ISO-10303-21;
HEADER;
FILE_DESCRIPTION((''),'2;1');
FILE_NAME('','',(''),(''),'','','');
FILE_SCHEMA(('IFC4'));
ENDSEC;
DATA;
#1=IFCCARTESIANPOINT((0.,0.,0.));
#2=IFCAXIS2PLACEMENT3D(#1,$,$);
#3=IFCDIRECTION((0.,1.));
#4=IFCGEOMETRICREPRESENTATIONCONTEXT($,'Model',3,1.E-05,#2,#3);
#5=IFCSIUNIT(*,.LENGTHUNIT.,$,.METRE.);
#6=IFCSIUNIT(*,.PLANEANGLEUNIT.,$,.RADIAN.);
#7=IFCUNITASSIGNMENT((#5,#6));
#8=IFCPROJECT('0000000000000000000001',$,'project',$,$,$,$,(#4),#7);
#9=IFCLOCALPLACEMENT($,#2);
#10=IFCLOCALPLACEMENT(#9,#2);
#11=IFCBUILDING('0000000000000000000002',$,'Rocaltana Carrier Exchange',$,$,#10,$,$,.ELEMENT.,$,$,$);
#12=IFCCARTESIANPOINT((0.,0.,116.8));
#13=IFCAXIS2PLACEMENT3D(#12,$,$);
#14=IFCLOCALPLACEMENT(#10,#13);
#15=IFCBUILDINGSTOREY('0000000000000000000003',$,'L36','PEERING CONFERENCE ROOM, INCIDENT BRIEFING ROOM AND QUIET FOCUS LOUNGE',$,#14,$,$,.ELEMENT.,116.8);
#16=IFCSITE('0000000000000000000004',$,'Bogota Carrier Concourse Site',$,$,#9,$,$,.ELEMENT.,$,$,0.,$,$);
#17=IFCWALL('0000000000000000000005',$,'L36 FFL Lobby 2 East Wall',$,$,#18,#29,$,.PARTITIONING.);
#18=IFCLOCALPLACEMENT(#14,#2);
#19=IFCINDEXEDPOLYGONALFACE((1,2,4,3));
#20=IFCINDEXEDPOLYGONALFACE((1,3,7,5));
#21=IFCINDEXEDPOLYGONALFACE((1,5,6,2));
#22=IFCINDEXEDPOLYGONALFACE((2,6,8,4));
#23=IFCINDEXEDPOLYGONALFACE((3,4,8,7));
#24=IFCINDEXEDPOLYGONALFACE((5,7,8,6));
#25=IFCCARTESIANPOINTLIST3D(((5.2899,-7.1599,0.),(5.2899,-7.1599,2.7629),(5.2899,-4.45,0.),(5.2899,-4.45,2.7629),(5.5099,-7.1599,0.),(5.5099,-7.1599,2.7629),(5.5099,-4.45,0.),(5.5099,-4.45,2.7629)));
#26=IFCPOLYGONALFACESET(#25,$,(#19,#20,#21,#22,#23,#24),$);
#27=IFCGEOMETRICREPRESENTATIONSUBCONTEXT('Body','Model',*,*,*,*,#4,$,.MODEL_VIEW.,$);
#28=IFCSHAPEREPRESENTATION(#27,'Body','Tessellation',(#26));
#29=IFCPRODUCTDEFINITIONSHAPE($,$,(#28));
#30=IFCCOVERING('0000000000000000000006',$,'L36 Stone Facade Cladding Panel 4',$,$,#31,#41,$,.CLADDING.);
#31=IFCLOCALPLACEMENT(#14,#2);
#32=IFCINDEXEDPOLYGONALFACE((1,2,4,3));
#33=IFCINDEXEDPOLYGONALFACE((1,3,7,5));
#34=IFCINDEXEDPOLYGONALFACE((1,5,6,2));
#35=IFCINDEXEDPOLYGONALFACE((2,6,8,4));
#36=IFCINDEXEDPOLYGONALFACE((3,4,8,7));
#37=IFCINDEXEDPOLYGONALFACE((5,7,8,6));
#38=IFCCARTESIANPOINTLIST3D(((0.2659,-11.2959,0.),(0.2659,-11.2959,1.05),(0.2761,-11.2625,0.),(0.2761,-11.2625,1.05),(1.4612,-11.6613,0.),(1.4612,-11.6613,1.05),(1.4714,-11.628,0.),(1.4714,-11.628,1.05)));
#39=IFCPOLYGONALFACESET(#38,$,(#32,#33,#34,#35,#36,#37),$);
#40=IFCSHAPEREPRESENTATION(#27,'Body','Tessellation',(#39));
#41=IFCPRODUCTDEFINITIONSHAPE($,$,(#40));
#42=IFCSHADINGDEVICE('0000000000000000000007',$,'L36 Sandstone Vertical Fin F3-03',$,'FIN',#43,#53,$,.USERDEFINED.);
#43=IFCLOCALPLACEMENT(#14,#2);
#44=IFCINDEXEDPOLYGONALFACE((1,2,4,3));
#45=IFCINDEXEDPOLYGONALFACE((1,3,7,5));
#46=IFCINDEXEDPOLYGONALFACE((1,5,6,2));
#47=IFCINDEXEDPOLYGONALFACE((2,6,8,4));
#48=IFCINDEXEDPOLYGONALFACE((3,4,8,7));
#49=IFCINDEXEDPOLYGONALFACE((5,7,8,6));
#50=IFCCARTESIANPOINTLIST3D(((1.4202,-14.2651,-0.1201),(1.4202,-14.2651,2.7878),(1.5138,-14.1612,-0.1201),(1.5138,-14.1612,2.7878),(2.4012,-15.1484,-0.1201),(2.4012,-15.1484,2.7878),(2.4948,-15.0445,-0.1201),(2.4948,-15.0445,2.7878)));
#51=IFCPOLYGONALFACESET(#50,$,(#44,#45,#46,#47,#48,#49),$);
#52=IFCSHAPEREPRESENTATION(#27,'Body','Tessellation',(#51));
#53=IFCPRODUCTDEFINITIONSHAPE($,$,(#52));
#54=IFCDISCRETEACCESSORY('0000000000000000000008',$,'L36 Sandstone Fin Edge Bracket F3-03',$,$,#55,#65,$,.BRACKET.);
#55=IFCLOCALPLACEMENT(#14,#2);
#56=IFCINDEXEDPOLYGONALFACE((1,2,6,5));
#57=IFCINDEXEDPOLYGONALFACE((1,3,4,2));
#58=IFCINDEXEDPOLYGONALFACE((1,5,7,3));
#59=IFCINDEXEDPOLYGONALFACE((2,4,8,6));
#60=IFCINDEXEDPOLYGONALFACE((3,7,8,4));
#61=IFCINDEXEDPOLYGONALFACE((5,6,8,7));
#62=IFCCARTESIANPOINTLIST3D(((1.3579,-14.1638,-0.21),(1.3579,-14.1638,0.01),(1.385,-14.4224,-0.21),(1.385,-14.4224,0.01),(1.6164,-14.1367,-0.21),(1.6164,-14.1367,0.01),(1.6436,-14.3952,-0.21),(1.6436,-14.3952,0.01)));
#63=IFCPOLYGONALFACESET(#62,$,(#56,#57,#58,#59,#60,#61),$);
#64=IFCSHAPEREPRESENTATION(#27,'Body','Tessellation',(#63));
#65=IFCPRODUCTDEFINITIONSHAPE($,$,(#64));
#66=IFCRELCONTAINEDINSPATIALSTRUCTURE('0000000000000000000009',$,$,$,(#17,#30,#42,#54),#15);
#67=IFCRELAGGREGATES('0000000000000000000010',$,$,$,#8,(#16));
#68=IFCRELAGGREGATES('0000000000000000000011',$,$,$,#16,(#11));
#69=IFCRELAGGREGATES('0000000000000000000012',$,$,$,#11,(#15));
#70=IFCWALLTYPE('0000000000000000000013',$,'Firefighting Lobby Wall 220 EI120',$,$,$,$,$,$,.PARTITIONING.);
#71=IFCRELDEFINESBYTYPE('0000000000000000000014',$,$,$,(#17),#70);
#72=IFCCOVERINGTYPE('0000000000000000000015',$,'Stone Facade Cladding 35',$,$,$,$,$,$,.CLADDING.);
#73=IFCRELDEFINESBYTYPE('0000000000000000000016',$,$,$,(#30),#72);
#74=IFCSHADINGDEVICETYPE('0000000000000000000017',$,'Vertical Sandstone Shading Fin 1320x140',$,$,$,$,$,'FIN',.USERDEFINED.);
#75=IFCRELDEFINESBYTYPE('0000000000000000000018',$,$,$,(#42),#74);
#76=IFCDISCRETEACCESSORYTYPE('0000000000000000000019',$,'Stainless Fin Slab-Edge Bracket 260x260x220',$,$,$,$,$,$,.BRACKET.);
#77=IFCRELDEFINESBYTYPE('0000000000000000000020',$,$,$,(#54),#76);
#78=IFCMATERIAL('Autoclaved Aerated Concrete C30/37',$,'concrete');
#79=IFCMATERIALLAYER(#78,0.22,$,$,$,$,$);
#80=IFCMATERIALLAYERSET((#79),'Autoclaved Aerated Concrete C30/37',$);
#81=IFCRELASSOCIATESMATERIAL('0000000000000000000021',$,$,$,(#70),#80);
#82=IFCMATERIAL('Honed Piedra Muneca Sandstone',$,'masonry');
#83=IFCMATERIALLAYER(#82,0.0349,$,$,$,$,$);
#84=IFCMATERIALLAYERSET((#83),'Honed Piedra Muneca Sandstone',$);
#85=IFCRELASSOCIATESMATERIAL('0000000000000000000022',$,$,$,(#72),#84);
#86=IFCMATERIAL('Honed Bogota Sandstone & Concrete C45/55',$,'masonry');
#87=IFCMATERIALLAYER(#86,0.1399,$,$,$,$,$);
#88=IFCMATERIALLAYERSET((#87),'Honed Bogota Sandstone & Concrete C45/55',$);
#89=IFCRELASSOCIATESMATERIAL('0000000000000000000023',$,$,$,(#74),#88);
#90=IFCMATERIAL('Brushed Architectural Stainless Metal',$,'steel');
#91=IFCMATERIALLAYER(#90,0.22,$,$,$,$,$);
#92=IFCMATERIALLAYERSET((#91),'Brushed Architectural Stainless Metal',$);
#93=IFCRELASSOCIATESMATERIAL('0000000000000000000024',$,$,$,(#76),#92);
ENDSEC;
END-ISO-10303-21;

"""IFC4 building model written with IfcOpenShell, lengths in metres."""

from ifc_helpers import new_model, si_unit, direction, frame, frame_2d, origin, origin_2d, place, context, subcontext, project, spatial, rectangle, extrude, material, layer, layer_set, type_object, element, save


model = new_model("IFC4")

# Units and contexts
model_context = context("Model", 3, precision=1e-05, world=origin(), true_north=direction((0.0, 1.0)))
body_context = subcontext(model_context, "Body", "Model", "MODEL_VIEW")
ifc_project = project(units=[si_unit("LENGTHUNIT", "METRE"), si_unit("PLANEANGLEUNIT", "RADIAN")], contexts=[model_context])

# Site, building, storey
site_placement = place(None, origin())
site = spatial("IfcSite", under=ifc_project, at=site_placement, Name="Bogota Carrier Concourse Site", CompositionType="ELEMENT", RefElevation=0.0)
building_placement = place(site_placement, origin())
building = spatial("IfcBuilding", under=site, at=building_placement, Name="Rocaltana Carrier Exchange", CompositionType="ELEMENT")
storey_placement = place(building_placement, frame((0.0, 0.0, 116.8)))
storey = spatial("IfcBuildingStorey", under=building, at=storey_placement, Name="L36", Description="PEERING CONFERENCE ROOM, INCIDENT BRIEFING ROOM AND QUIET FOCUS LOUNGE", CompositionType="ELEMENT", Elevation=116.8)

# Wall
ifc_material_1 = material(Name="Autoclaved Aerated Concrete C30/37", Category="concrete")
ifc_layer_1 = layer(ifc_material_1, 0.22)
ifc_layer_set_1 = layer_set([ifc_layer_1], Name="Autoclaved Aerated Concrete C30/37")
wall_type_1 = type_object("IfcWallType", Name="Firefighting Lobby Wall 220 EI120", PredefinedType="PARTITIONING", material=ifc_layer_set_1)
wall_1_placement = place(storey_placement, frame((5.3999, -7.1599, 0.0), z_axis=(0.0, 0.0, 1.0), x_axis=(0.0, 1.0, 0.0)))
element("IfcWall", 1, at=wall_1_placement, inside=storey, type_object=wall_type_1, Name="L36 FFL Lobby 2 East Wall", PredefinedType="PARTITIONING", context=body_context, shape_type="SweptSolid", body=[
    extrude(rectangle(XDim=2.71, YDim=0.22, at=frame_2d((1.355, 0.0))), origin(), (0.0, 0.0, 1.0), 2.7629),
])

# Covering
ifc_material_2 = material(Name="Honed Piedra Muneca Sandstone", Category="masonry")
ifc_layer_2 = layer(ifc_material_2, 0.0349)
ifc_layer_set_2 = layer_set([ifc_layer_2], Name="Honed Piedra Muneca Sandstone")
covering_type = type_object("IfcCoveringType", Name="Stone Facade Cladding 35", PredefinedType="CLADDING", material=ifc_layer_set_2)
covering_placement = place(storey_placement, frame((0.8687, -11.4619, 0.0), z_axis=(0.0, 0.0, 1.0), x_axis=(-0.956305, 0.292372, 0.0)))
element("IfcCovering", 2, at=covering_placement, inside=storey, type_object=covering_type, Name="L36 Stone Facade Cladding Panel 4", PredefinedType="CLADDING", context=body_context, shape_type="SweptSolid", body=[
    extrude(rectangle(XDim=1.25, YDim=0.0349, at=origin_2d()), origin(), (0.0, 0.0, 1.0), 1.05),
])

# Shading device
ifc_material_3 = material(Name="Honed Bogota Sandstone & Concrete C45/55", Category="masonry")
ifc_layer_3 = layer(ifc_material_3, 0.1399)
ifc_layer_set_3 = layer_set([ifc_layer_3], Name="Honed Bogota Sandstone & Concrete C45/55")
shading_device_type = type_object("IfcShadingDeviceType", Name="Vertical Sandstone Shading Fin 1320x140", ElementType="FIN", PredefinedType="USERDEFINED", material=ifc_layer_set_3)
shading_device_placement = place(storey_placement, frame((1.9575, -14.6548, -0.1201), z_axis=(0.0, 0.0, 1.0), x_axis=(0.743145, -0.669131, 0.0)))
element("IfcShadingDevice", 3, at=shading_device_placement, inside=storey, type_object=shading_device_type, Name="L36 Sandstone Vertical Fin F3-03", ObjectType="FIN", PredefinedType="USERDEFINED", context=body_context, shape_type="SweptSolid", body=[
    extrude(rectangle(XDim=1.3201, YDim=0.1399, at=origin_2d()), origin(), (0.0, 0.0, 1.0), 2.908),
])

# Discrete accessory
ifc_material_4 = material(Name="Brushed Architectural Stainless Metal", Category="steel")
ifc_layer_4 = layer(ifc_material_4, 0.22)
ifc_layer_set_4 = layer_set([ifc_layer_4], Name="Brushed Architectural Stainless Metal")
discrete_accessory_type = type_object("IfcDiscreteAccessoryType", Name="Stainless Fin Slab-Edge Bracket 260x260x220", PredefinedType="BRACKET", material=ifc_layer_set_4)
discrete_accessory_placement = place(storey_placement, frame((1.5007, -14.2795, -0.21), z_axis=(0.0, 0.0, 1.0), x_axis=(0.994522, 0.104528, 0.0)))
element("IfcDiscreteAccessory", 4, at=discrete_accessory_placement, inside=storey, type_object=discrete_accessory_type, Name="L36 Sandstone Fin Edge Bracket F3-03", PredefinedType="BRACKET", context=body_context, shape_type="SweptSolid", body=[
    extrude(rectangle(XDim=0.26, YDim=0.26, at=origin_2d()), origin(), (0.0, 0.0, 1.0), 0.22),
])

save(model, "model.ifc")
